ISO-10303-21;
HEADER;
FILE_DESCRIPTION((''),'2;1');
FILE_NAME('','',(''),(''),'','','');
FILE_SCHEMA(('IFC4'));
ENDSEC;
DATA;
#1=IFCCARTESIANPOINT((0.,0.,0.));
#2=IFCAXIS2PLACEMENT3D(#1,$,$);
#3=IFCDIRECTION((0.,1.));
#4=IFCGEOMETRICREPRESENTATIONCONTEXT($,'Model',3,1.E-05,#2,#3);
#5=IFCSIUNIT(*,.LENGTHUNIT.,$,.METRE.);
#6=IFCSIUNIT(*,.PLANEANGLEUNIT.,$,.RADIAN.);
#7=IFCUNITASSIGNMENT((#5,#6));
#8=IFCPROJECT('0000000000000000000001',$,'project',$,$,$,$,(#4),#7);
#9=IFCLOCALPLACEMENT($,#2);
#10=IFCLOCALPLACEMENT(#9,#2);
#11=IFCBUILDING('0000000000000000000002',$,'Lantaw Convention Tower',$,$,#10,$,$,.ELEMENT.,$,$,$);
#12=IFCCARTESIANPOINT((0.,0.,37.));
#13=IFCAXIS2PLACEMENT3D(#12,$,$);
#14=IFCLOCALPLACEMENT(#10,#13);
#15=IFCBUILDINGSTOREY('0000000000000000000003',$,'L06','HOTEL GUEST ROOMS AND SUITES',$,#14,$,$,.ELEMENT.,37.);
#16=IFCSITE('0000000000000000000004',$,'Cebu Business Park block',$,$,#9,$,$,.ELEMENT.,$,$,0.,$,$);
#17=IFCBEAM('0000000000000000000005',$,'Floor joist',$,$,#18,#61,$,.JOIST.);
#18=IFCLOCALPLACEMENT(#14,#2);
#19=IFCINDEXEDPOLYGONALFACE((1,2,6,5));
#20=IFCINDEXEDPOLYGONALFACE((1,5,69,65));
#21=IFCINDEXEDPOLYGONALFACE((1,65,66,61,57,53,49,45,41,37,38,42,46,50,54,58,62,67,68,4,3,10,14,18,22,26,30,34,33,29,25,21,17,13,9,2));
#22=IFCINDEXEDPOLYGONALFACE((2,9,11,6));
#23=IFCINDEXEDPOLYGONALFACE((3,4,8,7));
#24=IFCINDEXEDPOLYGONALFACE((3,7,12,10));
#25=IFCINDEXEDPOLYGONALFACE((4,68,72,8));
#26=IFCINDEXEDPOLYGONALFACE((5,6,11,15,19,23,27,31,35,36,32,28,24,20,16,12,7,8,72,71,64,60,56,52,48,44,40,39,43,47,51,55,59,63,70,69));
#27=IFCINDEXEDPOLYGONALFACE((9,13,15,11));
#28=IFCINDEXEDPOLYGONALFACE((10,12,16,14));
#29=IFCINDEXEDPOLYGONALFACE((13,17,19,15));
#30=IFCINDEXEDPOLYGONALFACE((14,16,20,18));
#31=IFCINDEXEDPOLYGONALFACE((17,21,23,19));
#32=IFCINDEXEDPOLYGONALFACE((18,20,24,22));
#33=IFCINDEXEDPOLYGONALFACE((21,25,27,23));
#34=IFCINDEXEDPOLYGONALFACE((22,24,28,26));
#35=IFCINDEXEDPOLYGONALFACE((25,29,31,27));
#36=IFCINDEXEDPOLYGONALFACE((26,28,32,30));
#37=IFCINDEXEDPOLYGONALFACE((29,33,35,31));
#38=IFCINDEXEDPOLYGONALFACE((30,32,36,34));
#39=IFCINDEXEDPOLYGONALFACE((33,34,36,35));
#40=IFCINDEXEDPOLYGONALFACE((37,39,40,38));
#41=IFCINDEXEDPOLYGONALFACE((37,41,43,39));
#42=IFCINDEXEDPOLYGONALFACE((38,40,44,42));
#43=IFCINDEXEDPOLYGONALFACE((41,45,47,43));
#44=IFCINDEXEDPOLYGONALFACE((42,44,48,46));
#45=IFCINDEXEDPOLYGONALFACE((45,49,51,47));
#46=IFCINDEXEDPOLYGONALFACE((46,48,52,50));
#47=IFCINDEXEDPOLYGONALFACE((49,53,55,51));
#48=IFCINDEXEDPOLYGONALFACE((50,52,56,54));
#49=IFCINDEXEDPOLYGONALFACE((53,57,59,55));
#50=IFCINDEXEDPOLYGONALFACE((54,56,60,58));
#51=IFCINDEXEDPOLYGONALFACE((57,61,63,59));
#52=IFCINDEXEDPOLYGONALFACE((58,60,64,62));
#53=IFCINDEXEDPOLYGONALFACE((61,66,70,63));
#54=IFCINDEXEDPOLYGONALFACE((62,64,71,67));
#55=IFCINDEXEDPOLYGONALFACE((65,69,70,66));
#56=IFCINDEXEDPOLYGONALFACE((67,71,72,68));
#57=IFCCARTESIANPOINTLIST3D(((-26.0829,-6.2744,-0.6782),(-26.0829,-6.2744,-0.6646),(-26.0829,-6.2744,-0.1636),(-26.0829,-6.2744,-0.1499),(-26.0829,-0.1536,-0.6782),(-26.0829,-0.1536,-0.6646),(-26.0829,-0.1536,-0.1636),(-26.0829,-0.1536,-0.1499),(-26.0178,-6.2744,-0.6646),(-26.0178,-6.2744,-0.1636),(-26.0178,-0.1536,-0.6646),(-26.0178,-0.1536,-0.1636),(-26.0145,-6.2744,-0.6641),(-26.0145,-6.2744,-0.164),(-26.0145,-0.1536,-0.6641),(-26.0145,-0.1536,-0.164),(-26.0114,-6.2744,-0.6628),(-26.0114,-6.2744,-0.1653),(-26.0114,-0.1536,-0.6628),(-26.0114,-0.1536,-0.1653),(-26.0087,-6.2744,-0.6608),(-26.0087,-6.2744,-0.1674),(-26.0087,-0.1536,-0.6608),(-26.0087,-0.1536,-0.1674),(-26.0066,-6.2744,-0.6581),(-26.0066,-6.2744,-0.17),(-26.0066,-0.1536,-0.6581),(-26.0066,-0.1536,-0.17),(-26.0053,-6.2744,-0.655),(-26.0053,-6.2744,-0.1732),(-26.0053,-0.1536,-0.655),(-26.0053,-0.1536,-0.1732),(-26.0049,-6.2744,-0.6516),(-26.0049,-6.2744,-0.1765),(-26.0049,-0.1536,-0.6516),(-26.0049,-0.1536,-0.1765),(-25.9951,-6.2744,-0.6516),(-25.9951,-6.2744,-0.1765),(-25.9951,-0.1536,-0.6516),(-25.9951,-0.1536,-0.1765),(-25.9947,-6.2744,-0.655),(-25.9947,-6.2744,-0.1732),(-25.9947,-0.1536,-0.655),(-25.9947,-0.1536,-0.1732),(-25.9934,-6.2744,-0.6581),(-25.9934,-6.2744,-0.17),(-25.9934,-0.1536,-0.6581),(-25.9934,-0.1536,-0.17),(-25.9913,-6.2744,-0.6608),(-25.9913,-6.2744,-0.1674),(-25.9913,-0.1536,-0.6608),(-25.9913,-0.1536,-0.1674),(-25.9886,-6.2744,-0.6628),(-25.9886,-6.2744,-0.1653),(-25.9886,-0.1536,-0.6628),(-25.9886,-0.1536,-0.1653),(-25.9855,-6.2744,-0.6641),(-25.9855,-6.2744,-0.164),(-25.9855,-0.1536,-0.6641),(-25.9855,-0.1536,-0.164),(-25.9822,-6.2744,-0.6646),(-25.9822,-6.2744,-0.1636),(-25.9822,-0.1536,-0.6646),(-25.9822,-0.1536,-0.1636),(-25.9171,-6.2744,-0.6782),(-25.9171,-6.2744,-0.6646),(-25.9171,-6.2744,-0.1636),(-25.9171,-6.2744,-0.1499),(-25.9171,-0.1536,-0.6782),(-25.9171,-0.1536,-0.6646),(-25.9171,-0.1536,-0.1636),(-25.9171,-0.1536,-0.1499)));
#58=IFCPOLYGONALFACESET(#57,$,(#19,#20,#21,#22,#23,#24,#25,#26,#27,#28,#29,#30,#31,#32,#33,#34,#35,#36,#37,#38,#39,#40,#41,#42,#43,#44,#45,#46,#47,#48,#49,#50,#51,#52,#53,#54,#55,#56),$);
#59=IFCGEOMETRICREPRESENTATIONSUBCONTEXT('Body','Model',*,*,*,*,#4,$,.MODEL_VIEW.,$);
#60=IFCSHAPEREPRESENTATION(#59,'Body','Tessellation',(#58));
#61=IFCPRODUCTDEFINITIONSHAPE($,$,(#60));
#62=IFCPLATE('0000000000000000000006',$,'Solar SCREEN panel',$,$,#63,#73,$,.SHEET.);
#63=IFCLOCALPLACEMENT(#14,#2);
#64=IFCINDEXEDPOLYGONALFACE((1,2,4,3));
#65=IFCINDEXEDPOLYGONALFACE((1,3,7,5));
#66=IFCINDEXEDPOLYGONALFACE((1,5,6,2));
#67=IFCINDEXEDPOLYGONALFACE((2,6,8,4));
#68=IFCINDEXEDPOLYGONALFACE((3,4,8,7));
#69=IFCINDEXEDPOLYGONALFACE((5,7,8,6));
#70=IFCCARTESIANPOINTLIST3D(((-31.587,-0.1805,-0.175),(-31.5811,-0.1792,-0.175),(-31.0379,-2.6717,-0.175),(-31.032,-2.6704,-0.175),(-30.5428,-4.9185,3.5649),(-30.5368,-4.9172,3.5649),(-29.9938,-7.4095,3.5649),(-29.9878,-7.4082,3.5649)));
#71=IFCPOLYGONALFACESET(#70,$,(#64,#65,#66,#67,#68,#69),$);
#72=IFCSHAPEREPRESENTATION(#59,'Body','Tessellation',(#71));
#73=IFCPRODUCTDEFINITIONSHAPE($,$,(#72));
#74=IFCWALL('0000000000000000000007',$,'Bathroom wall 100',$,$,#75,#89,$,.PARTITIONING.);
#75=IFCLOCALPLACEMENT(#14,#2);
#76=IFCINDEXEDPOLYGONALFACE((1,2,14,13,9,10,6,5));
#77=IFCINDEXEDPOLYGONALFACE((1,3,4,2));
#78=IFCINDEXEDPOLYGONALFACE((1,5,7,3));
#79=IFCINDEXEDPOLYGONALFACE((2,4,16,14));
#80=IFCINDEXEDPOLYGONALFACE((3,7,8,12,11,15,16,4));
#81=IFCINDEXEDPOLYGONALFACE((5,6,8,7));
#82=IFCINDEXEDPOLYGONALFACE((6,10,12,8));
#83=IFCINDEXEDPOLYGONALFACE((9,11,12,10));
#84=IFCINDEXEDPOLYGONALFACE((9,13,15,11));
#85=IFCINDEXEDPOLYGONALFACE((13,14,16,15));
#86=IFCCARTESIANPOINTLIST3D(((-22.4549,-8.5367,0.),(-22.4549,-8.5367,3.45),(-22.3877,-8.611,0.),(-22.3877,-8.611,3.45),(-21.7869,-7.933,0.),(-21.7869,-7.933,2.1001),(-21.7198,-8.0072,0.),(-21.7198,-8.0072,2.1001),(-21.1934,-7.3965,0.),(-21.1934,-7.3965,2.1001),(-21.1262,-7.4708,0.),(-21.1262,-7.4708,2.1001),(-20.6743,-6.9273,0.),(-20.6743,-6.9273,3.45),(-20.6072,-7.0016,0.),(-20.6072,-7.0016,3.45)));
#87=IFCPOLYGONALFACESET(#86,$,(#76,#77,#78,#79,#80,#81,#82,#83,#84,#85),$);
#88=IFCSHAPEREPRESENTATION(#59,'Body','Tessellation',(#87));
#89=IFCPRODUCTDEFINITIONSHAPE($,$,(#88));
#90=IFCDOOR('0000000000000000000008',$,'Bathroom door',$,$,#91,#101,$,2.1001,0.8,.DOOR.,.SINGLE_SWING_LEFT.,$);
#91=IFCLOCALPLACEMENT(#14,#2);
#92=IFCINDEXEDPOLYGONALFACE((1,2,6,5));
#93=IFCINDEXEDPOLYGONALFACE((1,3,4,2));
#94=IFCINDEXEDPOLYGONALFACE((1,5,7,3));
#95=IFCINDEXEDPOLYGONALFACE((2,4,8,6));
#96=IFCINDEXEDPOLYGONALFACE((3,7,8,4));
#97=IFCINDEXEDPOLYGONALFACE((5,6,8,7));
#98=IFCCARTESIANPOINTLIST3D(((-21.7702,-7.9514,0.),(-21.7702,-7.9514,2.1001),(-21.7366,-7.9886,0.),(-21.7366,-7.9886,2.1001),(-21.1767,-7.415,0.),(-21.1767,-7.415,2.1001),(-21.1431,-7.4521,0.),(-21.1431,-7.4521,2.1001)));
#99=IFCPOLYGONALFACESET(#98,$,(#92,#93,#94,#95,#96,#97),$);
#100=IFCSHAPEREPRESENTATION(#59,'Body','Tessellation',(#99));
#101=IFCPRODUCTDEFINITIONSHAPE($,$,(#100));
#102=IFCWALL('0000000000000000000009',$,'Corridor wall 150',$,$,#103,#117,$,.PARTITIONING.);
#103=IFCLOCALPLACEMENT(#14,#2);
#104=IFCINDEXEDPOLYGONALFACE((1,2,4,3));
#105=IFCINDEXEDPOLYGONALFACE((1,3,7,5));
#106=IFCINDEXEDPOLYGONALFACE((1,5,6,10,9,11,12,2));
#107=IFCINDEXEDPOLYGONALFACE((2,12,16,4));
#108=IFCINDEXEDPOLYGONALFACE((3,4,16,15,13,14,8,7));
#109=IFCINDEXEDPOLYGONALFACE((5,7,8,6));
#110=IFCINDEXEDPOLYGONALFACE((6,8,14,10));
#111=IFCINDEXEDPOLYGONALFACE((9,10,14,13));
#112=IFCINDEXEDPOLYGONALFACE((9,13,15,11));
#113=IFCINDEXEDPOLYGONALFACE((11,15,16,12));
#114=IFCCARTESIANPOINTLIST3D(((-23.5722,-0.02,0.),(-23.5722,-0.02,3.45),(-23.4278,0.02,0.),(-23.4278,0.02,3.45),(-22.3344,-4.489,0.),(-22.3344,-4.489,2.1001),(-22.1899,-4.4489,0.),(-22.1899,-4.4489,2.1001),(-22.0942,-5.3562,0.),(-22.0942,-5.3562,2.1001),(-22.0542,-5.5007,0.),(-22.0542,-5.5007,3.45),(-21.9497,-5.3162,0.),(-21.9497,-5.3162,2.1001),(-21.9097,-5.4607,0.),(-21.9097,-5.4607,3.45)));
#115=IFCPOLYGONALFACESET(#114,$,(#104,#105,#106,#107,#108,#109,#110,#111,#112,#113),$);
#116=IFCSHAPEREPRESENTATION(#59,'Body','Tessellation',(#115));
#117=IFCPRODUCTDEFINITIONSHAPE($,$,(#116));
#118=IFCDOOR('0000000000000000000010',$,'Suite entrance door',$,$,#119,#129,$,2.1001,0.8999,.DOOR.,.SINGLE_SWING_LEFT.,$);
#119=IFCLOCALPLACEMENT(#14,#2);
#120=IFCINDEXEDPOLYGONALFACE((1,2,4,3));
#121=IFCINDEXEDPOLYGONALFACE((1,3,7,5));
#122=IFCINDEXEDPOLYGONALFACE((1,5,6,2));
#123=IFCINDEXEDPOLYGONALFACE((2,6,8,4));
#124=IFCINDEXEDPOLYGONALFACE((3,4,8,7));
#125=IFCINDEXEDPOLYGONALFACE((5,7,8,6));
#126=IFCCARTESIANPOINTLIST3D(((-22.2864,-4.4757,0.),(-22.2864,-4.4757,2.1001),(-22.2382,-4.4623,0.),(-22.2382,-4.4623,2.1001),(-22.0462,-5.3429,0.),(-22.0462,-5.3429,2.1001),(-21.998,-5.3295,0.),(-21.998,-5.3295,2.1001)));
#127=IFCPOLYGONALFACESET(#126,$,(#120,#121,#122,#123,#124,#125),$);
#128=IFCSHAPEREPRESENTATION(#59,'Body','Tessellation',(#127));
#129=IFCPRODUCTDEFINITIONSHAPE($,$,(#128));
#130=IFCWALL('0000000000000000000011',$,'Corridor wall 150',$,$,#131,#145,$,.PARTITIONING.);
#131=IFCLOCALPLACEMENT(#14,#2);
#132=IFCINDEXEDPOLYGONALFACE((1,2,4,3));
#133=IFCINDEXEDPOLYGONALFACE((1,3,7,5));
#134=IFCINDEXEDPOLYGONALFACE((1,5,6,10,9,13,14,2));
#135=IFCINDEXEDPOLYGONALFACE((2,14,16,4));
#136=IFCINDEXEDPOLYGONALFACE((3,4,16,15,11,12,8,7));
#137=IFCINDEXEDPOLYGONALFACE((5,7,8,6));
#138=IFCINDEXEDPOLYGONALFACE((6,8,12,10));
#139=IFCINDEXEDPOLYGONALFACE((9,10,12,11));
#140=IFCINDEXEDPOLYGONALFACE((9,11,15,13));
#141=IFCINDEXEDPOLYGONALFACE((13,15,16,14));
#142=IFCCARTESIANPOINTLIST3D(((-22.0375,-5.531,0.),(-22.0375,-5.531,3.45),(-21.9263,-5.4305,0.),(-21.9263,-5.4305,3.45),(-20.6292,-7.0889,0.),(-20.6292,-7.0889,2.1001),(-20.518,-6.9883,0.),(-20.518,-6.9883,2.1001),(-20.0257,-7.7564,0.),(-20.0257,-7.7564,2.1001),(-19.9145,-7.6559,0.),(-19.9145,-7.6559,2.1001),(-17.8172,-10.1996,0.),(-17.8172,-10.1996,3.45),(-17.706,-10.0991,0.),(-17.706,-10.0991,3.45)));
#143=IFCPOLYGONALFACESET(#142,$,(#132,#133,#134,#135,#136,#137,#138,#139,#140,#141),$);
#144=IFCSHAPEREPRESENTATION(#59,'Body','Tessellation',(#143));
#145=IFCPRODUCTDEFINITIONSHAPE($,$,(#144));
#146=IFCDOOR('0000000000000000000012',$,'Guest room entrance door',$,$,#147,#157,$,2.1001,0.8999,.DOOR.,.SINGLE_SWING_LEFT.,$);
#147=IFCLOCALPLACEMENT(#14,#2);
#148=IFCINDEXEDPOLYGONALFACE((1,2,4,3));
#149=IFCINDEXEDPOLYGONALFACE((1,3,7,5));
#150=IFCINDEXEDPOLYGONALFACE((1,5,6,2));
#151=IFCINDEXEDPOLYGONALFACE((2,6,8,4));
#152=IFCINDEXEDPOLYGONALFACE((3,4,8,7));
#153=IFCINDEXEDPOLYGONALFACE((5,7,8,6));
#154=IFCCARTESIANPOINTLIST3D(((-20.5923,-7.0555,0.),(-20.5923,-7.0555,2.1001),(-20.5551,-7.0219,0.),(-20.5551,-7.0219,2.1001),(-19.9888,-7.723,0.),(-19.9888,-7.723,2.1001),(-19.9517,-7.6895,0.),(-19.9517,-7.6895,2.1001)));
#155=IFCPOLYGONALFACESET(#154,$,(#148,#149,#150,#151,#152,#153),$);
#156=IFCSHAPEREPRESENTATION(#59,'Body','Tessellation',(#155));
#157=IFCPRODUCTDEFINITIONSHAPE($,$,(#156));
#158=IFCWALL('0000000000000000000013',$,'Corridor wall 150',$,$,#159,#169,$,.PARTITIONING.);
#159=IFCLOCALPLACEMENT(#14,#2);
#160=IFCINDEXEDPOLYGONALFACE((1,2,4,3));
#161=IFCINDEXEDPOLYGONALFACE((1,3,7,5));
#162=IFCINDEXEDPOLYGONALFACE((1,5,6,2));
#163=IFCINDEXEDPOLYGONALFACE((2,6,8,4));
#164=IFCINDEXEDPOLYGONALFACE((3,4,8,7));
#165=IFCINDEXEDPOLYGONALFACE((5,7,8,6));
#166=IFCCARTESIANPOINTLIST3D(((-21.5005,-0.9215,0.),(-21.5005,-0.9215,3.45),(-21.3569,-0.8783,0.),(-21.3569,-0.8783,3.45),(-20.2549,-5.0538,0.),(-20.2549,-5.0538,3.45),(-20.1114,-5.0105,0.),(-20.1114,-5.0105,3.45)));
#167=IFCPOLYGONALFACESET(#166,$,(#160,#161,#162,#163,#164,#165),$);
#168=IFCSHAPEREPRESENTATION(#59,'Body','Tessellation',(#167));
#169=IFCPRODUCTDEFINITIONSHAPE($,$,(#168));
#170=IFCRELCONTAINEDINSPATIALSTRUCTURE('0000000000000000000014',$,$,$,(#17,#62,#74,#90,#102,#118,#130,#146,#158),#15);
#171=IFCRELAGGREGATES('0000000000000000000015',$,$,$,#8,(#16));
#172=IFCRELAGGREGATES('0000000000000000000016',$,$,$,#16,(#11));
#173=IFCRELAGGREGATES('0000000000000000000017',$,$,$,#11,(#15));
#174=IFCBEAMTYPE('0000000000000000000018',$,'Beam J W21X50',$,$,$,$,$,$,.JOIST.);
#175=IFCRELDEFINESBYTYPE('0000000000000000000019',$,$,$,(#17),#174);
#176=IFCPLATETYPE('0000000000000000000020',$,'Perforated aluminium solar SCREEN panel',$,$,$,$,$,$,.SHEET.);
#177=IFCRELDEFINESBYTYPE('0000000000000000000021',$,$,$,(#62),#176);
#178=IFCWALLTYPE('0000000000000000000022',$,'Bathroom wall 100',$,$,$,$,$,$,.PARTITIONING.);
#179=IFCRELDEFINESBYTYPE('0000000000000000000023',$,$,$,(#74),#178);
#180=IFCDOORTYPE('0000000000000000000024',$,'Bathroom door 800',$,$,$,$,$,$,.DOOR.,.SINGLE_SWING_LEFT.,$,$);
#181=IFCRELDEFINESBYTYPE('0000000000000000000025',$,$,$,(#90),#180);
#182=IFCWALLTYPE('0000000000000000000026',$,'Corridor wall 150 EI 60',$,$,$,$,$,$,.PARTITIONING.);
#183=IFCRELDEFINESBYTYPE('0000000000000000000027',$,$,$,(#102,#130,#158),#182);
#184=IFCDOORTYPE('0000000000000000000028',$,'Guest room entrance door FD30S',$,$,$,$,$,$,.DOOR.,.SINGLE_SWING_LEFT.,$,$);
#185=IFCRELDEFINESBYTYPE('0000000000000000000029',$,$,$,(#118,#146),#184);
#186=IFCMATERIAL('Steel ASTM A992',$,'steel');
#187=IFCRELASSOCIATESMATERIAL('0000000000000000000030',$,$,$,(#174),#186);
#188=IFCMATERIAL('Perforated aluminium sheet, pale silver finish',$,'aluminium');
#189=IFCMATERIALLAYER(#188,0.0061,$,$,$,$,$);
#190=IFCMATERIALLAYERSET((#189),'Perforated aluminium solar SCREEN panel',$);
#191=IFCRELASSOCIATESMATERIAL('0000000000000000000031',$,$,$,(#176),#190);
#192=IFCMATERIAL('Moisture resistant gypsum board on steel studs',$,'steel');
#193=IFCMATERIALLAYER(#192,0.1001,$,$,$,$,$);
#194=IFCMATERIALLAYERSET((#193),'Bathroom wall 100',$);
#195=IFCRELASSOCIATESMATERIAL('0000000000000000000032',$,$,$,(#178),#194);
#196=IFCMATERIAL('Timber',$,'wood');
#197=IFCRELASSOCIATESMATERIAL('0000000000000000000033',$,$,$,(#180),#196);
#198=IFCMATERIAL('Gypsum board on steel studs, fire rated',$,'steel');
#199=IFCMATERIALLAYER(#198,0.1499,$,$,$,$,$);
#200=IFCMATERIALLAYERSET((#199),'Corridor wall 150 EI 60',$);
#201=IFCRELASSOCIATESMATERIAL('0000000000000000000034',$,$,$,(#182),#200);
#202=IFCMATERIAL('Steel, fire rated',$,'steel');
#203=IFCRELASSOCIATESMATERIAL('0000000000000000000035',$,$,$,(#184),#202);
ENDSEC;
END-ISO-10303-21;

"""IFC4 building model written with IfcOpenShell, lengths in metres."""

from ifc_helpers import new_model, si_unit, direction, frame, frame_2d, origin, origin_2d, place, context, subcontext, project, spatial, polyline, rectangle, i_section, outline, extrude, material, layer, layer_set, material_profile, profile_set, type_object, element, fill, save


model = new_model("IFC4")

# Units and contexts
model_context = context("Model", 3, precision=1e-05, world=origin(), true_north=direction((0.0, 1.0)))
body_context = subcontext(model_context, "Body", "Model", "MODEL_VIEW")
ifc_project = project(units=[si_unit("LENGTHUNIT", "METRE"), si_unit("PLANEANGLEUNIT", "RADIAN")], contexts=[model_context])

# Site, building, storey
site_placement = place(None, origin())
site = spatial("IfcSite", under=ifc_project, at=site_placement, Name="Cebu Business Park block", CompositionType="ELEMENT", RefElevation=0.0)
building_placement = place(site_placement, origin())
building = spatial("IfcBuilding", under=site, at=building_placement, Name="Lantaw Convention Tower", CompositionType="ELEMENT")
storey_placement = place(building_placement, frame((0.0, 0.0, 37.0)))
storey = spatial("IfcBuildingStorey", under=building, at=storey_placement, Name="L06", Description="HOTEL GUEST ROOMS AND SUITES", CompositionType="ELEMENT", Elevation=37.0)

# Beam
ifc_material_1 = material(Name="Steel ASTM A992", Category="steel")
ifc_material_profile_1 = material_profile(ifc_material_1, i_section(OverallWidth=0.1658, OverallDepth=0.5283, WebThickness=0.0098, FlangeThickness=0.0137, FilletRadius=0.0129, at=origin_2d()), Name="W21X50")
ifc_profile_set_1 = profile_set([ifc_material_profile_1], Name="Steel ASTM A992")
beam_type_1 = type_object("IfcBeamType", Name="Beam J W21X50", PredefinedType="JOIST", material=ifc_profile_set_1)
beam_1_placement = place(storey_placement, frame((-26.0, -6.2744, -0.4141), z_axis=(0.0, 1.0, 0.0), x_axis=(-1.0, 0.0, 0.0)))
element("IfcBeam", 1, at=beam_1_placement, inside=storey, type_object=beam_type_1, Name="Floor joist", PredefinedType="JOIST", context=body_context, shape_type="SweptSolid", body=[
    extrude(i_section(OverallWidth=0.1658, OverallDepth=0.5283, WebThickness=0.0098, FlangeThickness=0.0137, FilletRadius=0.0129, at=origin_2d()), origin(), (0.0, 0.0, 1.0), 6.1208),
])

# Plate
ifc_material_2 = material(Name="Perforated aluminium sheet, pale silver finish", Category="aluminium")
ifc_layer_1 = layer(ifc_material_2, 0.0061)
ifc_layer_set_1 = layer_set([ifc_layer_1], Name="Perforated aluminium solar SCREEN panel")
plate_type = type_object("IfcPlateType", Name="Perforated aluminium solar SCREEN panel", PredefinedType="SHEET", material=ifc_layer_set_1)
plate_placement = place(storey_placement, frame((-31.5811, -0.1792, -0.175), z_axis=(0.976559, 0.215248, 0.00003), x_axis=(0.215248, -0.976559, 0.0)))
element("IfcPlate", 2, at=plate_placement, inside=storey, type_object=plate_type, Name="Solar SCREEN panel", PredefinedType="SHEET", context=body_context, shape_type="SweptSolid", body=[
    extrude(outline(polyline([(0.0, 0.0), (2.551, 0.0), (7.4025, -3.74), (4.8517, -3.74), (0.0, 0.0)])), origin(), (0.0, 0.0, -1.0), 0.0061),
])

# Walls, openings, doors
ifc_material_3 = material(Name="Moisture resistant gypsum board on steel studs", Category="steel")
ifc_layer_2 = layer(ifc_material_3, 0.1001)
ifc_layer_set_2 = layer_set([ifc_layer_2], Name="Bathroom wall 100")
wall_type_1 = type_object("IfcWallType", Name="Bathroom wall 100", PredefinedType="PARTITIONING", material=ifc_layer_set_2)
wall_1_placement = place(storey_placement, frame((-20.6406, -6.9644, 0.0), z_axis=(0.0, 0.0, 1.0), x_axis=(-0.741861, -0.670554, 0.0)))
wall_1 = element("IfcWall", 3, at=wall_1_placement, inside=storey, type_object=wall_type_1, Name="Bathroom wall 100", PredefinedType="PARTITIONING", context=body_context, shape_type="SweptSolid", body=[
    extrude(rectangle(XDim=2.4001, YDim=0.1001, at=frame_2d((1.2002, 0.0))), origin(), (0.0, 0.0, 1.0), 3.45),
])
opening_1_placement = place(wall_1_placement, frame((0.7, 0.0, 0.0)))
opening_1 = element("IfcOpeningElement", 4, at=opening_1_placement, cuts=wall_1, PredefinedType="OPENING", context=body_context, shape_type="SweptSolid", body=[
    extrude(rectangle(XDim=0.8, YDim=2.1001, at=frame_2d((0.3999, 1.05))), frame((0.0, 0.0601, 0.0), z_axis=(0.0, -1.0, 0.0), x_axis=(1.0, 0.0, 0.0)), (0.0, 0.0, 1.0), 0.1201),
])
ifc_material_4 = material(Name="Timber", Category="wood")
door_type_1 = type_object("IfcDoorType", Name="Bathroom door 800", OperationType="SINGLE_SWING_LEFT", PredefinedType="DOOR", material=ifc_material_4)
door_1_placement = place(opening_1_placement, origin())
door_1 = element("IfcDoor", 5, at=door_1_placement, inside=storey, type_object=door_type_1, Name="Bathroom door", OperationType="SINGLE_SWING_LEFT", OverallHeight=2.1001, OverallWidth=0.8, PredefinedType="DOOR", context=body_context, shape_type="SweptSolid", body=[
    extrude(rectangle(XDim=0.8, YDim=2.1001, at=frame_2d((0.3999, 1.05))), frame((0.0, 0.0249, 0.0), z_axis=(0.0, -1.0, 0.0), x_axis=(1.0, 0.0, 0.0)), (0.0, 0.0, 1.0), 0.05),
])
fill(opening_1, door_1)
ifc_material_5 = material(Name="Gypsum board on steel studs, fire rated", Category="steel")
ifc_layer_3 = layer(ifc_material_5, 0.1499)
ifc_layer_set_3 = layer_set([ifc_layer_3], Name="Corridor wall 150 EI 60")
wall_type_2 = type_object("IfcWallType", Name="Corridor wall 150 EI 60", PredefinedType="PARTITIONING", material=ifc_layer_set_3)
wall_2_placement = place(storey_placement, frame((-23.5, 0.0, 0.0), z_axis=(0.0, 0.0, 1.0), x_axis=(0.266933, -0.963715, 0.0)))
wall_2 = element("IfcWall", 6, at=wall_2_placement, inside=storey, type_object=wall_type_2, Name="Corridor wall 150", PredefinedType="PARTITIONING", context=body_context, shape_type="SweptSolid", body=[
    extrude(rectangle(XDim=5.687, YDim=0.1499, at=frame_2d((2.8435, 0.0))), origin(), (0.0, 0.0, 1.0), 3.45),
])
opening_2_placement = place(wall_2_placement, frame((4.6372, 0.0, 0.0)))
opening_2 = element("IfcOpeningElement", 7, at=opening_2_placement, cuts=wall_2, PredefinedType="OPENING", context=body_context, shape_type="SweptSolid", body=[
    extrude(rectangle(XDim=0.8999, YDim=2.1001, at=frame_2d((0.45, 1.05))), frame((0.0, 0.085, 0.0), z_axis=(0.0, -1.0, 0.0), x_axis=(1.0, 0.0, 0.0)), (0.0, 0.0, 1.0), 0.1699),
])
ifc_material_6 = material(Name="Steel, fire rated", Category="steel")
door_type_2 = type_object("IfcDoorType", Name="Guest room entrance door FD30S", OperationType="SINGLE_SWING_LEFT", PredefinedType="DOOR", material=ifc_material_6)
door_2_placement = place(opening_2_placement, origin())
door_2 = element("IfcDoor", 8, at=door_2_placement, inside=storey, type_object=door_type_2, Name="Suite entrance door", OperationType="SINGLE_SWING_LEFT", OverallHeight=2.1001, OverallWidth=0.8999, PredefinedType="DOOR", context=body_context, shape_type="SweptSolid", body=[
    extrude(rectangle(XDim=0.8999, YDim=2.1001, at=frame_2d((0.45, 1.05))), frame((0.0, 0.0249, 0.0), z_axis=(0.0, -1.0, 0.0), x_axis=(1.0, 0.0, 0.0)), (0.0, 0.0, 1.0), 0.05),
])
fill(opening_2, door_2)
wall_3_placement = place(storey_placement, frame((-21.9819, -5.4807, 0.0), z_axis=(0.0, 0.0, 1.0), x_axis=(0.670598, -0.741821, 0.0)))
wall_3 = element("IfcWall", 9, at=wall_3_placement, inside=storey, type_object=wall_type_2, Name="Corridor wall 150", PredefinedType="PARTITIONING", context=body_context, shape_type="SweptSolid", body=[
    extrude(rectangle(XDim=6.2935, YDim=0.1499, at=frame_2d((3.1467, 0.0))), origin(), (0.0, 0.0, 1.0), 3.45),
])
opening_3_placement = place(wall_3_placement, frame((2.1001, 0.0, 0.0)))
opening_3 = element("IfcOpeningElement", 10, at=opening_3_placement, cuts=wall_3, PredefinedType="OPENING", context=body_context, shape_type="SweptSolid", body=[
    extrude(rectangle(XDim=0.8999, YDim=2.1001, at=frame_2d((0.45, 1.05))), frame((0.0, 0.085, 0.0), z_axis=(0.0, -1.0, 0.0), x_axis=(1.0, 0.0, 0.0)), (0.0, 0.0, 1.0), 0.1699),
])
door_3_placement = place(opening_3_placement, origin())
door_3 = element("IfcDoor", 11, at=door_3_placement, inside=storey, type_object=door_type_2, Name="Guest room entrance door", OperationType="SINGLE_SWING_LEFT", OverallHeight=2.1001, OverallWidth=0.8999, PredefinedType="DOOR", context=body_context, shape_type="SweptSolid", body=[
    extrude(rectangle(XDim=0.8999, YDim=2.1001, at=frame_2d((0.45, 1.05))), frame((0.0, 0.0249, 0.0), z_axis=(0.0, -1.0, 0.0), x_axis=(1.0, 0.0, 0.0)), (0.0, 0.0, 1.0), 0.05),
])
fill(opening_3, door_3)

# Wall
wall_4_placement = place(storey_placement, frame((-21.4287, -0.8999, 0.0), z_axis=(0.0, 0.0, 1.0), x_axis=(0.288604, -0.957449, 0.0)))
element("IfcWall", 12, at=wall_4_placement, inside=storey, type_object=wall_type_2, Name="Corridor wall 150", PredefinedType="PARTITIONING", context=body_context, shape_type="SweptSolid", body=[
    extrude(rectangle(XDim=4.3159, YDim=0.1499, at=frame_2d((2.158, 0.0))), origin(), (0.0, 0.0, 1.0), 3.45),
])

save(model, "model.ifc")
